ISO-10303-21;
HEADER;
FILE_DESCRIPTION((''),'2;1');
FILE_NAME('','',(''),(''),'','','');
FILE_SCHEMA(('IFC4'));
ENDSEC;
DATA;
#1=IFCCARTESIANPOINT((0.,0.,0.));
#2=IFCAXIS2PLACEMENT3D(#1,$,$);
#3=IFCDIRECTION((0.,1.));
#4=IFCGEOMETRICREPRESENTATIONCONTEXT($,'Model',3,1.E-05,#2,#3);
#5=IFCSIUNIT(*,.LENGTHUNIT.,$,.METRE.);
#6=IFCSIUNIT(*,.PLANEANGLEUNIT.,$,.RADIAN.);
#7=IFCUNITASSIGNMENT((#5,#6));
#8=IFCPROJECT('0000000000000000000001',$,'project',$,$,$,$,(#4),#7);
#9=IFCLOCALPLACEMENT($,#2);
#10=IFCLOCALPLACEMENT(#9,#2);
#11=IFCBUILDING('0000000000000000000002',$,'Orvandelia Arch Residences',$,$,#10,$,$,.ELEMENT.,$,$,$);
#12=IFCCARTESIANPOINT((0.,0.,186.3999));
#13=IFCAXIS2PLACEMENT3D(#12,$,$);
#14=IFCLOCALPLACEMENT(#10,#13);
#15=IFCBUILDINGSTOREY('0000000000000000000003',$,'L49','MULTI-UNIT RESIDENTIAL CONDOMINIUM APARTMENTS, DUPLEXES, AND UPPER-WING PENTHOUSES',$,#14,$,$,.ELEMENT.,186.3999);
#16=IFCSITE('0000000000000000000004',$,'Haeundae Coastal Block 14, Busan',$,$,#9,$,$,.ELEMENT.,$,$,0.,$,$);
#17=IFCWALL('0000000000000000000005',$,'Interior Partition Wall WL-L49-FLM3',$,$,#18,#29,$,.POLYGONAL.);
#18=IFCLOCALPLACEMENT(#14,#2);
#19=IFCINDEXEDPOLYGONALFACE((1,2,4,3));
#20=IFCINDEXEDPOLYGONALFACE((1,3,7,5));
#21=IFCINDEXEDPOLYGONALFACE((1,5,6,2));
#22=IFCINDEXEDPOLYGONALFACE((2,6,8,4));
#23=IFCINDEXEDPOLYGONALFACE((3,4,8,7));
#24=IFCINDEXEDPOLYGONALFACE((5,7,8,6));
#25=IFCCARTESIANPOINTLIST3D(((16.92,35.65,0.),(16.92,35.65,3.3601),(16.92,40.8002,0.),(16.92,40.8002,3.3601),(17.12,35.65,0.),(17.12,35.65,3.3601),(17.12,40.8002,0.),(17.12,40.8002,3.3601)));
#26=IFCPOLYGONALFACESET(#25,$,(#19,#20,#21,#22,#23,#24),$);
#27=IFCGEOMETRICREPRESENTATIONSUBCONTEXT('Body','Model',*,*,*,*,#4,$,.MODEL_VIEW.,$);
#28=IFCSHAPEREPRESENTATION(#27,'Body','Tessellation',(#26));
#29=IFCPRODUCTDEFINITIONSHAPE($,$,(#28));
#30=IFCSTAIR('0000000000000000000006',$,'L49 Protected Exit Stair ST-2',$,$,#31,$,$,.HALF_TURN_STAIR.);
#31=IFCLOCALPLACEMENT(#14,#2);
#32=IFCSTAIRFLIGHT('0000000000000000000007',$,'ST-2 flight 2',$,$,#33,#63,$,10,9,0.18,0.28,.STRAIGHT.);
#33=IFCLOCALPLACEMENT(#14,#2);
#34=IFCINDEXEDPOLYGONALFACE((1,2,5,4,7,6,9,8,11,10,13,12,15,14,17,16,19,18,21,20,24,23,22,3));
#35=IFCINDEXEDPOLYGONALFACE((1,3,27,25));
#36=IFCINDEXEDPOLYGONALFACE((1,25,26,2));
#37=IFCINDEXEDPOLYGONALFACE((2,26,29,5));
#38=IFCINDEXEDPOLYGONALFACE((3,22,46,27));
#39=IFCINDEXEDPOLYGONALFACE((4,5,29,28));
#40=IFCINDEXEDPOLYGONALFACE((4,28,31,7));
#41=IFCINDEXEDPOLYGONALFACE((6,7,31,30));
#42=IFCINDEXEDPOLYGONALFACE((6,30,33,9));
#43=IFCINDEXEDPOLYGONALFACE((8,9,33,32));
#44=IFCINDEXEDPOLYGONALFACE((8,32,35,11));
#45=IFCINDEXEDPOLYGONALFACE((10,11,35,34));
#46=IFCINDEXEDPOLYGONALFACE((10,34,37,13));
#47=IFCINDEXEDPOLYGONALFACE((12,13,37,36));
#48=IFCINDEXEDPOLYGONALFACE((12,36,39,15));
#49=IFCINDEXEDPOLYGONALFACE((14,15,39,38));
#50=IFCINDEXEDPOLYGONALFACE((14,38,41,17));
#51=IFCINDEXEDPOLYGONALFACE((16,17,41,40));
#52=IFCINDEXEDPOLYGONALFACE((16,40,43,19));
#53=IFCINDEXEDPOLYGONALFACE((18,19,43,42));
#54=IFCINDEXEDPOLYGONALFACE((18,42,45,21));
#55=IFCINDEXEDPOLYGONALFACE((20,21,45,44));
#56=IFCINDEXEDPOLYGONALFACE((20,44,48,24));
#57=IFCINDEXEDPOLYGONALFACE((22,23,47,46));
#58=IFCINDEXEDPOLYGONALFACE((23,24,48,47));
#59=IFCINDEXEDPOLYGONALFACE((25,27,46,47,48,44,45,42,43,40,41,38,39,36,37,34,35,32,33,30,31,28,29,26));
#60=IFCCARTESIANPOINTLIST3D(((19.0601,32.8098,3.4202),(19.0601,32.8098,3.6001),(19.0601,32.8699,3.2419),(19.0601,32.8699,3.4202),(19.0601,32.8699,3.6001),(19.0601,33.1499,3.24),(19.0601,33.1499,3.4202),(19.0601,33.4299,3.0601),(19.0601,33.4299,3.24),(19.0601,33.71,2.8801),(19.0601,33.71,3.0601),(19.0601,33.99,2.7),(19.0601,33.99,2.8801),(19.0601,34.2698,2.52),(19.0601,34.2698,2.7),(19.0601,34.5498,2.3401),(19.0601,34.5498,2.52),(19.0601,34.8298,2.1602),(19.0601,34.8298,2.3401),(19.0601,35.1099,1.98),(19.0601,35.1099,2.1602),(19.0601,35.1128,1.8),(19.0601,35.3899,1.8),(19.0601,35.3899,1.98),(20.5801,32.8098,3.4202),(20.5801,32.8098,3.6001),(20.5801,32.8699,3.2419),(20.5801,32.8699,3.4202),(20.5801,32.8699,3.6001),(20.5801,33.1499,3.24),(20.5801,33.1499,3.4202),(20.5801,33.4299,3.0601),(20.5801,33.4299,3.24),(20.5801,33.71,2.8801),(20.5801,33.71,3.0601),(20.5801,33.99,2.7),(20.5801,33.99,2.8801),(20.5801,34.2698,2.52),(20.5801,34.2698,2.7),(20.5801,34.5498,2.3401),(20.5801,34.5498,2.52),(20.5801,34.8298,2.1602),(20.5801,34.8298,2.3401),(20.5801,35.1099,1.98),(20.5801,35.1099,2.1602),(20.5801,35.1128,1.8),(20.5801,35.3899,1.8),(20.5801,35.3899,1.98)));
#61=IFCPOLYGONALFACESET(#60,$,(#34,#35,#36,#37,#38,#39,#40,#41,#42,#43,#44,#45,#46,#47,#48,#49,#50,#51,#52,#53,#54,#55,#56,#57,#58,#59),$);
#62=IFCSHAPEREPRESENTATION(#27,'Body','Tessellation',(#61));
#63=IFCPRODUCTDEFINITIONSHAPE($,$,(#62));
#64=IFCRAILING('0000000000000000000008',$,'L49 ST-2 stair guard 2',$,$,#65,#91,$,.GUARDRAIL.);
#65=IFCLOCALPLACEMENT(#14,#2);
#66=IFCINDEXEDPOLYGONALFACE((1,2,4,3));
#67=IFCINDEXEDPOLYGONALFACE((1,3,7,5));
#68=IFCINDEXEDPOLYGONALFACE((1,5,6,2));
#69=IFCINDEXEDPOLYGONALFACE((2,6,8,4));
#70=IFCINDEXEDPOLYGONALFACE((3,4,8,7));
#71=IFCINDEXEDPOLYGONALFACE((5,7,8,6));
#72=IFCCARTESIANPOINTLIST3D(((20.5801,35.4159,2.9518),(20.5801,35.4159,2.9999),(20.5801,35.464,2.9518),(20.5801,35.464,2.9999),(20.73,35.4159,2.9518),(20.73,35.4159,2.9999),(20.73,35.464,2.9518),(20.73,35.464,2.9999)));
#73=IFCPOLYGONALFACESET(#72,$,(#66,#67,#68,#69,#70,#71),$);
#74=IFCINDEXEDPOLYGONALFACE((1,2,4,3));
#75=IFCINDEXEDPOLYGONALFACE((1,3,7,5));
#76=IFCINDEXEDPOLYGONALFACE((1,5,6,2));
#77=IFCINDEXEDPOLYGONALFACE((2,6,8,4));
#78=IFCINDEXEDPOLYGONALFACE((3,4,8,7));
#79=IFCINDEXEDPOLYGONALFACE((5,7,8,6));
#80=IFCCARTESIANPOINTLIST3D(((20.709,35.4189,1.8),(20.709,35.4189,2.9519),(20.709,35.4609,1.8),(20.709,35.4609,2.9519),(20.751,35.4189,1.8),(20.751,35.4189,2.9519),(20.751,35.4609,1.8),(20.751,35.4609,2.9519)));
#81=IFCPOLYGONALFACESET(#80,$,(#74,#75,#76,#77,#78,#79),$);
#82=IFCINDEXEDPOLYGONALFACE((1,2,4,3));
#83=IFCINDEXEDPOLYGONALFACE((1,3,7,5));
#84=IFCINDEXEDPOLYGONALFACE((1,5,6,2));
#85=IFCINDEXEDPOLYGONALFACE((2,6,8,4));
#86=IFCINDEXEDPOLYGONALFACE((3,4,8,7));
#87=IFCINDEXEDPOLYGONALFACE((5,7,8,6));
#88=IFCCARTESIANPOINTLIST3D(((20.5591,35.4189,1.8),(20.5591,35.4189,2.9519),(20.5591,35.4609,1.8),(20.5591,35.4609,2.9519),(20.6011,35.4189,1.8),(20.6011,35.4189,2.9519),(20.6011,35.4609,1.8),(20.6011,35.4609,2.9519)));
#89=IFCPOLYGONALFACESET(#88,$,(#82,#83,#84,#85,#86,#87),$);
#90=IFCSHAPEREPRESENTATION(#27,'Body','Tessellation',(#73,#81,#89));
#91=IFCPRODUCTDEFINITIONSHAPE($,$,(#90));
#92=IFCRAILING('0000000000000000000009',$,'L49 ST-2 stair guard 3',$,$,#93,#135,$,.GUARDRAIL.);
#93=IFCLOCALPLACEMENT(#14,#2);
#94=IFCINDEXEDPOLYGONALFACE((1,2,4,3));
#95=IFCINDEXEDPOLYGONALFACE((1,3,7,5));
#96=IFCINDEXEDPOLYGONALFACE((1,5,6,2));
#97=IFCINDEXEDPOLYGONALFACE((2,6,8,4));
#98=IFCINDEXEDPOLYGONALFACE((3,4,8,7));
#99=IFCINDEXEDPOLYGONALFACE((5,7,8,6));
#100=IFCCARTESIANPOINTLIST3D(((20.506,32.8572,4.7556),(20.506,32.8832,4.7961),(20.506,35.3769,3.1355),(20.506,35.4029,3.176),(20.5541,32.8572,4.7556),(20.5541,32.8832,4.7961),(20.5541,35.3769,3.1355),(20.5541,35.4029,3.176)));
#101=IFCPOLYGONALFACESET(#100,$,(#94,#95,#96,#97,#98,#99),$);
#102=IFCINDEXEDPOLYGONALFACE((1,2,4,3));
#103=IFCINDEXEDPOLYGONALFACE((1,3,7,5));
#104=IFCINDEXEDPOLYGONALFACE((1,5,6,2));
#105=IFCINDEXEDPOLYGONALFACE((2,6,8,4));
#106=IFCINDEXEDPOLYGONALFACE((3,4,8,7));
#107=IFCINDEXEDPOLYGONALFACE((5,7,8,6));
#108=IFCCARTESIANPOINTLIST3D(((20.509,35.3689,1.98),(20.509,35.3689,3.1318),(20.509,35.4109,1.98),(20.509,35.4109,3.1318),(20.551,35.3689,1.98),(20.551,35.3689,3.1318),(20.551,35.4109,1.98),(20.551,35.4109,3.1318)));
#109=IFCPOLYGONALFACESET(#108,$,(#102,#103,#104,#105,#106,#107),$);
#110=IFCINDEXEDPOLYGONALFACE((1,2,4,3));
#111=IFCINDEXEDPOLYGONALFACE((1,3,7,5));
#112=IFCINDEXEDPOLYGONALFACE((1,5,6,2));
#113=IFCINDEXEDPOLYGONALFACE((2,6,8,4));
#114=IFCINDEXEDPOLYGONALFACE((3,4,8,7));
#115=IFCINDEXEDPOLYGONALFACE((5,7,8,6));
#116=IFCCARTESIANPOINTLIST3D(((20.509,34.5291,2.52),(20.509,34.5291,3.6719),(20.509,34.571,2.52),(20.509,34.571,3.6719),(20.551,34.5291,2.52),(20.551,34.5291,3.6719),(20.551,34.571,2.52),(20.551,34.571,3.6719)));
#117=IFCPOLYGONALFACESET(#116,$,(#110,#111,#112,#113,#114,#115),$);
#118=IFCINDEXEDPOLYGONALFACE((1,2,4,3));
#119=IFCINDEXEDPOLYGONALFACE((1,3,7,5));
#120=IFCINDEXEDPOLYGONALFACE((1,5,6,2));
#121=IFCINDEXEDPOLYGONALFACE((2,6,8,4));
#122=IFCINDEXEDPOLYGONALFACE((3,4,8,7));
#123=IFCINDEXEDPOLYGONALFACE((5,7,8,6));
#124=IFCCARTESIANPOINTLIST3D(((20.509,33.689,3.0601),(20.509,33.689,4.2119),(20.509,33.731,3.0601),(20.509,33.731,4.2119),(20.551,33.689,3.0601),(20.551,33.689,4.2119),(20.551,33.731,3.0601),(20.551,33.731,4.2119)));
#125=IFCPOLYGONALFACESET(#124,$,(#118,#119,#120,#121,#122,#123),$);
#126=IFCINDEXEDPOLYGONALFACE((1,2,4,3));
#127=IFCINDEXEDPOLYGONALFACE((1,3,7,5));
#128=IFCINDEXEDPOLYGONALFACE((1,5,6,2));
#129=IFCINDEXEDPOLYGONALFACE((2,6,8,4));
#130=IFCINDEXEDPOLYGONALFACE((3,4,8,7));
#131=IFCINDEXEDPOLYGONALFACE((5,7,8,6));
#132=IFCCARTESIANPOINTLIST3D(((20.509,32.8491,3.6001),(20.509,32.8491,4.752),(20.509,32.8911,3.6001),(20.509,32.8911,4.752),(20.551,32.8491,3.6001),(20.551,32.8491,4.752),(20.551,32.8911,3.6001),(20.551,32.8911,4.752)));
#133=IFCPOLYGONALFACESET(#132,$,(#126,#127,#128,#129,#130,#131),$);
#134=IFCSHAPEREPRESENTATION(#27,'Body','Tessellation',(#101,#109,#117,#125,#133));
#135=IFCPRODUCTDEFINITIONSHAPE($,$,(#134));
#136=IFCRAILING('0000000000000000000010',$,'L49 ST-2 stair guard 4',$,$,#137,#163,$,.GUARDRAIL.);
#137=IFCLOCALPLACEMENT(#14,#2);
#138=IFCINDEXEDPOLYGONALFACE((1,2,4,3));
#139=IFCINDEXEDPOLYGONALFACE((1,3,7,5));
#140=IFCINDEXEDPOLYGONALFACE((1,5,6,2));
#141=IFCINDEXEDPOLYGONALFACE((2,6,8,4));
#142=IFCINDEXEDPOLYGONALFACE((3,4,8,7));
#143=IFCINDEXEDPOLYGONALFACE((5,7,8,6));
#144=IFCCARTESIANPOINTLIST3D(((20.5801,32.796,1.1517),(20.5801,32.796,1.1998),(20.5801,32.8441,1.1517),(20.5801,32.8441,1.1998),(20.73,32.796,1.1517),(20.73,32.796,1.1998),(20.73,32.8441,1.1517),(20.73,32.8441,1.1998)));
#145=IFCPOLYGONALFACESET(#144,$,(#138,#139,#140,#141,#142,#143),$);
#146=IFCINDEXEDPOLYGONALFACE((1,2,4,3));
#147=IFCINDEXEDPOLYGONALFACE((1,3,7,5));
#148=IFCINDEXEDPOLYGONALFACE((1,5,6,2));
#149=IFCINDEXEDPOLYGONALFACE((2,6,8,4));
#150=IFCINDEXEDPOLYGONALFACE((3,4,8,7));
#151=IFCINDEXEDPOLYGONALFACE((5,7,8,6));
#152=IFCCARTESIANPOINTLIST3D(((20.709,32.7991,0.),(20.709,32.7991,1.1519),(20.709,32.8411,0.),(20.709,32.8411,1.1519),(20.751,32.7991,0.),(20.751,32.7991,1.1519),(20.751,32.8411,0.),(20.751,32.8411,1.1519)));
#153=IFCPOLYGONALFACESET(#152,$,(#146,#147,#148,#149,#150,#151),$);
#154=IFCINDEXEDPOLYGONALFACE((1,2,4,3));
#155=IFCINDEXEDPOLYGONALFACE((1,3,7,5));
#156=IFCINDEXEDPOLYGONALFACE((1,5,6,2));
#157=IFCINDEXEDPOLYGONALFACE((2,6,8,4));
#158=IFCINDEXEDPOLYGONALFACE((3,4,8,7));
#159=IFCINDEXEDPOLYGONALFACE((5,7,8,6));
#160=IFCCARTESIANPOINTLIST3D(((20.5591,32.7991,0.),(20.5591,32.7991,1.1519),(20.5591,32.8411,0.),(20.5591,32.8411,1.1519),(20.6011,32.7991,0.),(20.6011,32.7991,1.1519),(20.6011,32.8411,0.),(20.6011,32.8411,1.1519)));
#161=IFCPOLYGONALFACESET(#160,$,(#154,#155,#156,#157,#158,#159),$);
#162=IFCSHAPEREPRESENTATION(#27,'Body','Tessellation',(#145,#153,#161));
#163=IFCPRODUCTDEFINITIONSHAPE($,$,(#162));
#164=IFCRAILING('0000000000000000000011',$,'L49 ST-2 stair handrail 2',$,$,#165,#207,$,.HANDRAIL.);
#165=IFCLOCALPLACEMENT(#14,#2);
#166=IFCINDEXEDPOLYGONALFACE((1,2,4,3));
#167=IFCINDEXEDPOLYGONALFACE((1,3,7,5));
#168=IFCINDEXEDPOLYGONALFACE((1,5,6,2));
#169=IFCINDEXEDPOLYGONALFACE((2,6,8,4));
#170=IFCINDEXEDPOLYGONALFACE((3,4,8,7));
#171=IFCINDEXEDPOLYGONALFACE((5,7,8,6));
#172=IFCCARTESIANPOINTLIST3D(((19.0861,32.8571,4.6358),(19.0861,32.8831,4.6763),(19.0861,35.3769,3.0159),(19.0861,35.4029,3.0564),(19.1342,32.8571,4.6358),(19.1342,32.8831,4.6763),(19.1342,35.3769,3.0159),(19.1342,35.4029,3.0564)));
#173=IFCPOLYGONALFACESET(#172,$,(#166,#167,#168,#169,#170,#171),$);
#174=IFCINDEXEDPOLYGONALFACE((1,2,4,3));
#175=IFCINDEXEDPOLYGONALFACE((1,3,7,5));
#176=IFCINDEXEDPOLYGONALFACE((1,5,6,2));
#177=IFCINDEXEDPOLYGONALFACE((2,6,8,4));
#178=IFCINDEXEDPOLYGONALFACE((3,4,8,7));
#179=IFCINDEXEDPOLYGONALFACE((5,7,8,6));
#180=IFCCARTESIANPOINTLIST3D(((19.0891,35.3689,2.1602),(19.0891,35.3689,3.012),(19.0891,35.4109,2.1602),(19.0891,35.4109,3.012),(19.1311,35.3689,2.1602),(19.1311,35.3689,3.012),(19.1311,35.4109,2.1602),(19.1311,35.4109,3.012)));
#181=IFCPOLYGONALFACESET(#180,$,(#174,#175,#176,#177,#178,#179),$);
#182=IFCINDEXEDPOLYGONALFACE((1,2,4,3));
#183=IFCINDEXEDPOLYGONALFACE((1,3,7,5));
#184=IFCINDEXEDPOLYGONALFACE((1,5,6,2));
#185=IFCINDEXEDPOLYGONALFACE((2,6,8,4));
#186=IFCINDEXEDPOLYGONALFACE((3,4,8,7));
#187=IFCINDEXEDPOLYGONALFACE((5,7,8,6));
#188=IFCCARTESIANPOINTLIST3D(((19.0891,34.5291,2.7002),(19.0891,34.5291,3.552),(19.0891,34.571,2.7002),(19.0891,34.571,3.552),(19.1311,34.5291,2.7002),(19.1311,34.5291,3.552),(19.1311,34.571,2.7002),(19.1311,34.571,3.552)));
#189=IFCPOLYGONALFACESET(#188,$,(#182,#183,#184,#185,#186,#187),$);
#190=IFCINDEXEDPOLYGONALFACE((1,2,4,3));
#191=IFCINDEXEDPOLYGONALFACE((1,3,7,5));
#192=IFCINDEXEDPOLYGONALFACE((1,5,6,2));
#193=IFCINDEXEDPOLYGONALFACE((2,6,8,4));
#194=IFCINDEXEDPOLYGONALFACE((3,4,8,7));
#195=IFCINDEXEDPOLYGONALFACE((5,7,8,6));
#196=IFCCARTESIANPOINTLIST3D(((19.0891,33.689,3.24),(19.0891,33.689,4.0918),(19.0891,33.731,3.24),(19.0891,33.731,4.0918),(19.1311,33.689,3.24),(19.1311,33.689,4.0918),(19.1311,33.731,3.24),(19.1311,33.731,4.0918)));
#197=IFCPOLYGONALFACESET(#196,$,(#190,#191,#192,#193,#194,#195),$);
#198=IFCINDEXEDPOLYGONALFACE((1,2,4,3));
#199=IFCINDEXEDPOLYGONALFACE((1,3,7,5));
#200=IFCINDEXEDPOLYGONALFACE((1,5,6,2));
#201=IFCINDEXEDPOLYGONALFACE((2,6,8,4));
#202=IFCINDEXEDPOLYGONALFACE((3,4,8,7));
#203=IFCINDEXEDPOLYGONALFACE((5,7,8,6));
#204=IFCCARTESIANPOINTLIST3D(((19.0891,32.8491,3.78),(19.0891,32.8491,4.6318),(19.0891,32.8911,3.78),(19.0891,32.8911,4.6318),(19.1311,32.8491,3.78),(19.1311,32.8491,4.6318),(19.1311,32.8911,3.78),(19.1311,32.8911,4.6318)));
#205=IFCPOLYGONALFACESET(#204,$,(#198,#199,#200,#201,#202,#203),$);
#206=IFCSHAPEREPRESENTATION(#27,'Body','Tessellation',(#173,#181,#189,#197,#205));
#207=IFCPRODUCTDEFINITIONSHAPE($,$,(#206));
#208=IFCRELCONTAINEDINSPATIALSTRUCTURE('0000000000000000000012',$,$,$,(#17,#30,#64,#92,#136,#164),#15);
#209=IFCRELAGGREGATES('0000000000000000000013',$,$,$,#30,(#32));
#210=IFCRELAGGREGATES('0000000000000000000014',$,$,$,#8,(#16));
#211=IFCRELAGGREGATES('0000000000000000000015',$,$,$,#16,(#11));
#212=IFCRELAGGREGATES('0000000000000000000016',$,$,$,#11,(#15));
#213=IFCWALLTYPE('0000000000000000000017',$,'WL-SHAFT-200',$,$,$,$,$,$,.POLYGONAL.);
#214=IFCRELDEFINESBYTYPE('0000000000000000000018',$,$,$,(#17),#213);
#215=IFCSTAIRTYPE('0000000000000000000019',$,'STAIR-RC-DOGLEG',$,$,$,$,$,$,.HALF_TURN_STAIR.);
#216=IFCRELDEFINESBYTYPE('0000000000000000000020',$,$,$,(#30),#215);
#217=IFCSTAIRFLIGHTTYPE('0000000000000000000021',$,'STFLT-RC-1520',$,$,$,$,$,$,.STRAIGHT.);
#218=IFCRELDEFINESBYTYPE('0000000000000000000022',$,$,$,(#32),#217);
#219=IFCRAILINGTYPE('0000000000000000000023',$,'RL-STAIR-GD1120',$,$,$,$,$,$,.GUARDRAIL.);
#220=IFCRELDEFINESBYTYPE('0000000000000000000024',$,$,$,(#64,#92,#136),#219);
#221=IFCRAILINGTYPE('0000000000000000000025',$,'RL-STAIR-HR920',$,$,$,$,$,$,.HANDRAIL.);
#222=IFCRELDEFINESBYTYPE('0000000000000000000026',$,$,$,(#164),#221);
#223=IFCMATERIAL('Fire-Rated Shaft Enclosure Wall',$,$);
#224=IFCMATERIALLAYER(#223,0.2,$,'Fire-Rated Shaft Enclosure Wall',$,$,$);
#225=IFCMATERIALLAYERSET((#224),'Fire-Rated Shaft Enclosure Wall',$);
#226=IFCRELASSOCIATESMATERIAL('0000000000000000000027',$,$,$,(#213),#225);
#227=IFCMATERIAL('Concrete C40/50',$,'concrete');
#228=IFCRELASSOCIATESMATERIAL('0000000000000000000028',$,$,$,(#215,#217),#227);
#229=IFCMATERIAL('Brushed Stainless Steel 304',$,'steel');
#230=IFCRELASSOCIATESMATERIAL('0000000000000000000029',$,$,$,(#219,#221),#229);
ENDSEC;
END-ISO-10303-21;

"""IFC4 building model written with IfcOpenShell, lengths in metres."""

from ifc_helpers import new_model, si_unit, direction, frame, frame_2d, origin, origin_2d, place, context, subcontext, project, spatial, polyline, rectangle, outline, extrude, material, layer, layer_set, type_object, element, aggregate, save


model = new_model("IFC4")

# Units and contexts
model_context = context("Model", 3, precision=1e-05, world=origin(), true_north=direction((0.0, 1.0)))
body_context = subcontext(model_context, "Body", "Model", "MODEL_VIEW")
ifc_project = project(units=[si_unit("LENGTHUNIT", "METRE"), si_unit("PLANEANGLEUNIT", "RADIAN")], contexts=[model_context])

# Site, building, storey
site_placement = place(None, origin())
site = spatial("IfcSite", under=ifc_project, at=site_placement, Name="Haeundae Coastal Block 14, Busan", CompositionType="ELEMENT", RefElevation=0.0)
building_placement = place(site_placement, origin())
building = spatial("IfcBuilding", under=site, at=building_placement, Name="Orvandelia Arch Residences", CompositionType="ELEMENT")
storey_placement = place(building_placement, frame((0.0, 0.0, 186.3999)))
storey = spatial("IfcBuildingStorey", under=building, at=storey_placement, Name="L49", Description="MULTI-UNIT RESIDENTIAL CONDOMINIUM APARTMENTS, DUPLEXES, AND UPPER-WING PENTHOUSES", CompositionType="ELEMENT", Elevation=186.3999)

# Wall
ifc_material_1 = material(Name="Fire-Rated Shaft Enclosure Wall")
ifc_layer_1 = layer(ifc_material_1, 0.2, Name="Fire-Rated Shaft Enclosure Wall")
ifc_layer_set_1 = layer_set([ifc_layer_1], Name="Fire-Rated Shaft Enclosure Wall")
wall_type_1 = type_object("IfcWallType", Name="WL-SHAFT-200", PredefinedType="POLYGONAL", material=ifc_layer_set_1)
wall_1_placement = place(storey_placement, frame((17.02, 35.6499, 0.0), z_axis=(0.0, 0.0, 1.0), x_axis=(0.0, 1.0, 0.0)))
element("IfcWall", 1, at=wall_1_placement, inside=storey, type_object=wall_type_1, Name="Interior Partition Wall WL-L49-FLM3", PredefinedType="POLYGONAL", context=body_context, shape_type="SweptSolid", body=[
    extrude(rectangle(XDim=5.1501, YDim=0.2, at=frame_2d((2.5752, 0.0))), origin(), (0.0, 0.0, 1.0), 3.3601),
])

# Stair, stair flight
ifc_material_2 = material(Name="Concrete C40/50", Category="concrete")
stair_type = type_object("IfcStairType", Name="STAIR-RC-DOGLEG", PredefinedType="HALF_TURN_STAIR", material=ifc_material_2)
stair_placement = place(storey_placement, origin())
stair = element("IfcStair", 2, at=stair_placement, inside=storey, type_object=stair_type, Name="L49 Protected Exit Stair ST-2", PredefinedType="HALF_TURN_STAIR")
stair_flight_type = type_object("IfcStairFlightType", Name="STFLT-RC-1520", PredefinedType="STRAIGHT", material=ifc_material_2)
stair_flight_placement = place(storey_placement, frame((19.8201, 35.3899, 1.8), z_axis=(0.0, 0.0, 1.0), x_axis=(0.0, -1.0, 0.0)))
stair_flight = element("IfcStairFlight", 3, at=stair_flight_placement, type_object=stair_flight_type, Name="ST-2 flight 2", NumberOfRisers=10, NumberOfTreads=9, PredefinedType="STRAIGHT", RiserHeight=0.18, TreadLength=0.28, context=body_context, shape_type="SweptSolid", body=[
    extrude(outline(polyline([(0.0, 0.0), (0.0, 0.1799), (0.28, 0.1799), (0.28, 0.3601), (0.5601, 0.3601), (0.5601, 0.54), (0.8401, 0.54), (0.8401, 0.72), (1.1201, 0.72), (1.1201, 0.8999), (1.3999, 0.8999), (1.3999, 1.0801), (1.6799, 1.0801), (1.6799, 1.26), (1.96, 1.26), (1.96, 1.4399), (2.24, 1.4399), (2.24, 1.6201), (2.52, 1.6201), (2.52, 1.8), (2.5801, 1.8), (2.5801, 1.6201), (2.52, 1.4419), (0.2771, 0.0), (0.0, 0.0)])), frame((0.0, 0.76, 0.0), z_axis=(0.0, -1.0, 0.0), x_axis=(1.0, 0.0, 0.0)), (0.0, 0.0, 1.0), 1.52),
])
aggregate(stair, [stair_flight])

# Railings
ifc_material_3 = material(Name="Brushed Stainless Steel 304", Category="steel")
railing_type_1 = type_object("IfcRailingType", Name="RL-STAIR-GD1120", PredefinedType="GUARDRAIL", material=ifc_material_3)
railing_1_placement = place(storey_placement, frame((20.73, 35.4399, 1.8)))
element("IfcRailing", 4, at=railing_1_placement, inside=storey, type_object=railing_type_1, Name="L49 ST-2 stair guard 2", PredefinedType="GUARDRAIL", context=body_context, shape_type="SweptSolid", body=[
    extrude(rectangle(XDim=0.0481, YDim=0.0481, at=origin_2d()), frame((0.0, 0.0, 1.1758), z_axis=(-1.0, 0.0, 0.0), x_axis=(0.0, -1.0, 0.0)), (0.0, 0.0, 1.0), 0.1499),
    extrude(rectangle(XDim=0.042, YDim=0.042, at=origin_2d()), origin(), (0.0, 0.0, 1.0), 1.1519),
    extrude(rectangle(XDim=0.042, YDim=0.042, at=origin_2d()), frame((-0.1499, 0.0, 0.0)), (0.0, 0.0, 1.0), 1.1519),
])
railing_2_placement = place(storey_placement, frame((20.53, 35.3899, 1.98)))
element("IfcRailing", 5, at=railing_2_placement, inside=storey, type_object=railing_type_1, Name="L49 ST-2 stair guard 3", PredefinedType="GUARDRAIL", context=body_context, shape_type="SweptSolid", body=[
    extrude(rectangle(XDim=0.0481, YDim=0.0481, at=origin_2d()), frame((0.0, 0.0, 1.1758), z_axis=(0.0, -0.841139, 0.540819), x_axis=(1.0, 0.0, 0.0)), (0.0, 0.0, 1.0), 2.9956),
    extrude(rectangle(XDim=0.042, YDim=0.042, at=origin_2d()), origin(), (0.0, 0.0, 1.0), 1.1519),
    extrude(rectangle(XDim=0.042, YDim=0.042, at=origin_2d()), frame((0.0, -0.8398, 0.54)), (0.0, 0.0, 1.0), 1.1519),
    extrude(rectangle(XDim=0.042, YDim=0.042, at=origin_2d()), frame((0.0, -1.6799, 1.0801)), (0.0, 0.0, 1.0), 1.1519),
    extrude(rectangle(XDim=0.042, YDim=0.042, at=origin_2d()), frame((0.0, -2.5198, 1.6201)), (0.0, 0.0, 1.0), 1.1519),
])
railing_3_placement = place(storey_placement, frame((20.73, 32.8201, 0.0)))
element("IfcRailing", 6, at=railing_3_placement, inside=storey, type_object=railing_type_1, Name="L49 ST-2 stair guard 4", PredefinedType="GUARDRAIL", context=body_context, shape_type="SweptSolid", body=[
    extrude(rectangle(XDim=0.0481, YDim=0.0481, at=origin_2d()), frame((0.0, 0.0, 1.1758), z_axis=(-1.0, 0.0, 0.0), x_axis=(0.0, -1.0, 0.0)), (0.0, 0.0, 1.0), 0.1499),
    extrude(rectangle(XDim=0.042, YDim=0.042, at=origin_2d()), origin(), (0.0, 0.0, 1.0), 1.1519),
    extrude(rectangle(XDim=0.042, YDim=0.042, at=origin_2d()), frame((-0.1499, 0.0, 0.0)), (0.0, 0.0, 1.0), 1.1519),
])
railing_type_2 = type_object("IfcRailingType", Name="RL-STAIR-HR920", PredefinedType="HANDRAIL", material=ifc_material_3)
railing_4_placement = place(storey_placement, frame((19.1101, 35.3899, 2.1602)))
element("IfcRailing", 7, at=railing_4_placement, inside=storey, type_object=railing_type_2, Name="L49 ST-2 stair handrail 2", PredefinedType="HANDRAIL", context=body_context, shape_type="SweptSolid", body=[
    extrude(rectangle(XDim=0.0481, YDim=0.0481, at=origin_2d()), frame((0.0, 0.0, 0.876), z_axis=(0.0, -0.841176, 0.540762), x_axis=(1.0, 0.0, 0.0)), (0.0, 0.0, 1.0), 2.9956),
    extrude(rectangle(XDim=0.042, YDim=0.042, at=origin_2d()), origin(), (0.0, 0.0, 1.0), 0.8518),
    extrude(rectangle(XDim=0.042, YDim=0.042, at=origin_2d()), frame((0.0, -0.8398, 0.54)), (0.0, 0.0, 1.0), 0.8518),
    extrude(rectangle(XDim=0.042, YDim=0.042, at=origin_2d()), frame((0.0, -1.6799, 1.0798)), (0.0, 0.0, 1.0), 0.8518),
    extrude(rectangle(XDim=0.042, YDim=0.042, at=origin_2d()), frame((0.0, -2.5198, 1.6199)), (0.0, 0.0, 1.0), 0.8518),
])

save(model, "model.ifc")
